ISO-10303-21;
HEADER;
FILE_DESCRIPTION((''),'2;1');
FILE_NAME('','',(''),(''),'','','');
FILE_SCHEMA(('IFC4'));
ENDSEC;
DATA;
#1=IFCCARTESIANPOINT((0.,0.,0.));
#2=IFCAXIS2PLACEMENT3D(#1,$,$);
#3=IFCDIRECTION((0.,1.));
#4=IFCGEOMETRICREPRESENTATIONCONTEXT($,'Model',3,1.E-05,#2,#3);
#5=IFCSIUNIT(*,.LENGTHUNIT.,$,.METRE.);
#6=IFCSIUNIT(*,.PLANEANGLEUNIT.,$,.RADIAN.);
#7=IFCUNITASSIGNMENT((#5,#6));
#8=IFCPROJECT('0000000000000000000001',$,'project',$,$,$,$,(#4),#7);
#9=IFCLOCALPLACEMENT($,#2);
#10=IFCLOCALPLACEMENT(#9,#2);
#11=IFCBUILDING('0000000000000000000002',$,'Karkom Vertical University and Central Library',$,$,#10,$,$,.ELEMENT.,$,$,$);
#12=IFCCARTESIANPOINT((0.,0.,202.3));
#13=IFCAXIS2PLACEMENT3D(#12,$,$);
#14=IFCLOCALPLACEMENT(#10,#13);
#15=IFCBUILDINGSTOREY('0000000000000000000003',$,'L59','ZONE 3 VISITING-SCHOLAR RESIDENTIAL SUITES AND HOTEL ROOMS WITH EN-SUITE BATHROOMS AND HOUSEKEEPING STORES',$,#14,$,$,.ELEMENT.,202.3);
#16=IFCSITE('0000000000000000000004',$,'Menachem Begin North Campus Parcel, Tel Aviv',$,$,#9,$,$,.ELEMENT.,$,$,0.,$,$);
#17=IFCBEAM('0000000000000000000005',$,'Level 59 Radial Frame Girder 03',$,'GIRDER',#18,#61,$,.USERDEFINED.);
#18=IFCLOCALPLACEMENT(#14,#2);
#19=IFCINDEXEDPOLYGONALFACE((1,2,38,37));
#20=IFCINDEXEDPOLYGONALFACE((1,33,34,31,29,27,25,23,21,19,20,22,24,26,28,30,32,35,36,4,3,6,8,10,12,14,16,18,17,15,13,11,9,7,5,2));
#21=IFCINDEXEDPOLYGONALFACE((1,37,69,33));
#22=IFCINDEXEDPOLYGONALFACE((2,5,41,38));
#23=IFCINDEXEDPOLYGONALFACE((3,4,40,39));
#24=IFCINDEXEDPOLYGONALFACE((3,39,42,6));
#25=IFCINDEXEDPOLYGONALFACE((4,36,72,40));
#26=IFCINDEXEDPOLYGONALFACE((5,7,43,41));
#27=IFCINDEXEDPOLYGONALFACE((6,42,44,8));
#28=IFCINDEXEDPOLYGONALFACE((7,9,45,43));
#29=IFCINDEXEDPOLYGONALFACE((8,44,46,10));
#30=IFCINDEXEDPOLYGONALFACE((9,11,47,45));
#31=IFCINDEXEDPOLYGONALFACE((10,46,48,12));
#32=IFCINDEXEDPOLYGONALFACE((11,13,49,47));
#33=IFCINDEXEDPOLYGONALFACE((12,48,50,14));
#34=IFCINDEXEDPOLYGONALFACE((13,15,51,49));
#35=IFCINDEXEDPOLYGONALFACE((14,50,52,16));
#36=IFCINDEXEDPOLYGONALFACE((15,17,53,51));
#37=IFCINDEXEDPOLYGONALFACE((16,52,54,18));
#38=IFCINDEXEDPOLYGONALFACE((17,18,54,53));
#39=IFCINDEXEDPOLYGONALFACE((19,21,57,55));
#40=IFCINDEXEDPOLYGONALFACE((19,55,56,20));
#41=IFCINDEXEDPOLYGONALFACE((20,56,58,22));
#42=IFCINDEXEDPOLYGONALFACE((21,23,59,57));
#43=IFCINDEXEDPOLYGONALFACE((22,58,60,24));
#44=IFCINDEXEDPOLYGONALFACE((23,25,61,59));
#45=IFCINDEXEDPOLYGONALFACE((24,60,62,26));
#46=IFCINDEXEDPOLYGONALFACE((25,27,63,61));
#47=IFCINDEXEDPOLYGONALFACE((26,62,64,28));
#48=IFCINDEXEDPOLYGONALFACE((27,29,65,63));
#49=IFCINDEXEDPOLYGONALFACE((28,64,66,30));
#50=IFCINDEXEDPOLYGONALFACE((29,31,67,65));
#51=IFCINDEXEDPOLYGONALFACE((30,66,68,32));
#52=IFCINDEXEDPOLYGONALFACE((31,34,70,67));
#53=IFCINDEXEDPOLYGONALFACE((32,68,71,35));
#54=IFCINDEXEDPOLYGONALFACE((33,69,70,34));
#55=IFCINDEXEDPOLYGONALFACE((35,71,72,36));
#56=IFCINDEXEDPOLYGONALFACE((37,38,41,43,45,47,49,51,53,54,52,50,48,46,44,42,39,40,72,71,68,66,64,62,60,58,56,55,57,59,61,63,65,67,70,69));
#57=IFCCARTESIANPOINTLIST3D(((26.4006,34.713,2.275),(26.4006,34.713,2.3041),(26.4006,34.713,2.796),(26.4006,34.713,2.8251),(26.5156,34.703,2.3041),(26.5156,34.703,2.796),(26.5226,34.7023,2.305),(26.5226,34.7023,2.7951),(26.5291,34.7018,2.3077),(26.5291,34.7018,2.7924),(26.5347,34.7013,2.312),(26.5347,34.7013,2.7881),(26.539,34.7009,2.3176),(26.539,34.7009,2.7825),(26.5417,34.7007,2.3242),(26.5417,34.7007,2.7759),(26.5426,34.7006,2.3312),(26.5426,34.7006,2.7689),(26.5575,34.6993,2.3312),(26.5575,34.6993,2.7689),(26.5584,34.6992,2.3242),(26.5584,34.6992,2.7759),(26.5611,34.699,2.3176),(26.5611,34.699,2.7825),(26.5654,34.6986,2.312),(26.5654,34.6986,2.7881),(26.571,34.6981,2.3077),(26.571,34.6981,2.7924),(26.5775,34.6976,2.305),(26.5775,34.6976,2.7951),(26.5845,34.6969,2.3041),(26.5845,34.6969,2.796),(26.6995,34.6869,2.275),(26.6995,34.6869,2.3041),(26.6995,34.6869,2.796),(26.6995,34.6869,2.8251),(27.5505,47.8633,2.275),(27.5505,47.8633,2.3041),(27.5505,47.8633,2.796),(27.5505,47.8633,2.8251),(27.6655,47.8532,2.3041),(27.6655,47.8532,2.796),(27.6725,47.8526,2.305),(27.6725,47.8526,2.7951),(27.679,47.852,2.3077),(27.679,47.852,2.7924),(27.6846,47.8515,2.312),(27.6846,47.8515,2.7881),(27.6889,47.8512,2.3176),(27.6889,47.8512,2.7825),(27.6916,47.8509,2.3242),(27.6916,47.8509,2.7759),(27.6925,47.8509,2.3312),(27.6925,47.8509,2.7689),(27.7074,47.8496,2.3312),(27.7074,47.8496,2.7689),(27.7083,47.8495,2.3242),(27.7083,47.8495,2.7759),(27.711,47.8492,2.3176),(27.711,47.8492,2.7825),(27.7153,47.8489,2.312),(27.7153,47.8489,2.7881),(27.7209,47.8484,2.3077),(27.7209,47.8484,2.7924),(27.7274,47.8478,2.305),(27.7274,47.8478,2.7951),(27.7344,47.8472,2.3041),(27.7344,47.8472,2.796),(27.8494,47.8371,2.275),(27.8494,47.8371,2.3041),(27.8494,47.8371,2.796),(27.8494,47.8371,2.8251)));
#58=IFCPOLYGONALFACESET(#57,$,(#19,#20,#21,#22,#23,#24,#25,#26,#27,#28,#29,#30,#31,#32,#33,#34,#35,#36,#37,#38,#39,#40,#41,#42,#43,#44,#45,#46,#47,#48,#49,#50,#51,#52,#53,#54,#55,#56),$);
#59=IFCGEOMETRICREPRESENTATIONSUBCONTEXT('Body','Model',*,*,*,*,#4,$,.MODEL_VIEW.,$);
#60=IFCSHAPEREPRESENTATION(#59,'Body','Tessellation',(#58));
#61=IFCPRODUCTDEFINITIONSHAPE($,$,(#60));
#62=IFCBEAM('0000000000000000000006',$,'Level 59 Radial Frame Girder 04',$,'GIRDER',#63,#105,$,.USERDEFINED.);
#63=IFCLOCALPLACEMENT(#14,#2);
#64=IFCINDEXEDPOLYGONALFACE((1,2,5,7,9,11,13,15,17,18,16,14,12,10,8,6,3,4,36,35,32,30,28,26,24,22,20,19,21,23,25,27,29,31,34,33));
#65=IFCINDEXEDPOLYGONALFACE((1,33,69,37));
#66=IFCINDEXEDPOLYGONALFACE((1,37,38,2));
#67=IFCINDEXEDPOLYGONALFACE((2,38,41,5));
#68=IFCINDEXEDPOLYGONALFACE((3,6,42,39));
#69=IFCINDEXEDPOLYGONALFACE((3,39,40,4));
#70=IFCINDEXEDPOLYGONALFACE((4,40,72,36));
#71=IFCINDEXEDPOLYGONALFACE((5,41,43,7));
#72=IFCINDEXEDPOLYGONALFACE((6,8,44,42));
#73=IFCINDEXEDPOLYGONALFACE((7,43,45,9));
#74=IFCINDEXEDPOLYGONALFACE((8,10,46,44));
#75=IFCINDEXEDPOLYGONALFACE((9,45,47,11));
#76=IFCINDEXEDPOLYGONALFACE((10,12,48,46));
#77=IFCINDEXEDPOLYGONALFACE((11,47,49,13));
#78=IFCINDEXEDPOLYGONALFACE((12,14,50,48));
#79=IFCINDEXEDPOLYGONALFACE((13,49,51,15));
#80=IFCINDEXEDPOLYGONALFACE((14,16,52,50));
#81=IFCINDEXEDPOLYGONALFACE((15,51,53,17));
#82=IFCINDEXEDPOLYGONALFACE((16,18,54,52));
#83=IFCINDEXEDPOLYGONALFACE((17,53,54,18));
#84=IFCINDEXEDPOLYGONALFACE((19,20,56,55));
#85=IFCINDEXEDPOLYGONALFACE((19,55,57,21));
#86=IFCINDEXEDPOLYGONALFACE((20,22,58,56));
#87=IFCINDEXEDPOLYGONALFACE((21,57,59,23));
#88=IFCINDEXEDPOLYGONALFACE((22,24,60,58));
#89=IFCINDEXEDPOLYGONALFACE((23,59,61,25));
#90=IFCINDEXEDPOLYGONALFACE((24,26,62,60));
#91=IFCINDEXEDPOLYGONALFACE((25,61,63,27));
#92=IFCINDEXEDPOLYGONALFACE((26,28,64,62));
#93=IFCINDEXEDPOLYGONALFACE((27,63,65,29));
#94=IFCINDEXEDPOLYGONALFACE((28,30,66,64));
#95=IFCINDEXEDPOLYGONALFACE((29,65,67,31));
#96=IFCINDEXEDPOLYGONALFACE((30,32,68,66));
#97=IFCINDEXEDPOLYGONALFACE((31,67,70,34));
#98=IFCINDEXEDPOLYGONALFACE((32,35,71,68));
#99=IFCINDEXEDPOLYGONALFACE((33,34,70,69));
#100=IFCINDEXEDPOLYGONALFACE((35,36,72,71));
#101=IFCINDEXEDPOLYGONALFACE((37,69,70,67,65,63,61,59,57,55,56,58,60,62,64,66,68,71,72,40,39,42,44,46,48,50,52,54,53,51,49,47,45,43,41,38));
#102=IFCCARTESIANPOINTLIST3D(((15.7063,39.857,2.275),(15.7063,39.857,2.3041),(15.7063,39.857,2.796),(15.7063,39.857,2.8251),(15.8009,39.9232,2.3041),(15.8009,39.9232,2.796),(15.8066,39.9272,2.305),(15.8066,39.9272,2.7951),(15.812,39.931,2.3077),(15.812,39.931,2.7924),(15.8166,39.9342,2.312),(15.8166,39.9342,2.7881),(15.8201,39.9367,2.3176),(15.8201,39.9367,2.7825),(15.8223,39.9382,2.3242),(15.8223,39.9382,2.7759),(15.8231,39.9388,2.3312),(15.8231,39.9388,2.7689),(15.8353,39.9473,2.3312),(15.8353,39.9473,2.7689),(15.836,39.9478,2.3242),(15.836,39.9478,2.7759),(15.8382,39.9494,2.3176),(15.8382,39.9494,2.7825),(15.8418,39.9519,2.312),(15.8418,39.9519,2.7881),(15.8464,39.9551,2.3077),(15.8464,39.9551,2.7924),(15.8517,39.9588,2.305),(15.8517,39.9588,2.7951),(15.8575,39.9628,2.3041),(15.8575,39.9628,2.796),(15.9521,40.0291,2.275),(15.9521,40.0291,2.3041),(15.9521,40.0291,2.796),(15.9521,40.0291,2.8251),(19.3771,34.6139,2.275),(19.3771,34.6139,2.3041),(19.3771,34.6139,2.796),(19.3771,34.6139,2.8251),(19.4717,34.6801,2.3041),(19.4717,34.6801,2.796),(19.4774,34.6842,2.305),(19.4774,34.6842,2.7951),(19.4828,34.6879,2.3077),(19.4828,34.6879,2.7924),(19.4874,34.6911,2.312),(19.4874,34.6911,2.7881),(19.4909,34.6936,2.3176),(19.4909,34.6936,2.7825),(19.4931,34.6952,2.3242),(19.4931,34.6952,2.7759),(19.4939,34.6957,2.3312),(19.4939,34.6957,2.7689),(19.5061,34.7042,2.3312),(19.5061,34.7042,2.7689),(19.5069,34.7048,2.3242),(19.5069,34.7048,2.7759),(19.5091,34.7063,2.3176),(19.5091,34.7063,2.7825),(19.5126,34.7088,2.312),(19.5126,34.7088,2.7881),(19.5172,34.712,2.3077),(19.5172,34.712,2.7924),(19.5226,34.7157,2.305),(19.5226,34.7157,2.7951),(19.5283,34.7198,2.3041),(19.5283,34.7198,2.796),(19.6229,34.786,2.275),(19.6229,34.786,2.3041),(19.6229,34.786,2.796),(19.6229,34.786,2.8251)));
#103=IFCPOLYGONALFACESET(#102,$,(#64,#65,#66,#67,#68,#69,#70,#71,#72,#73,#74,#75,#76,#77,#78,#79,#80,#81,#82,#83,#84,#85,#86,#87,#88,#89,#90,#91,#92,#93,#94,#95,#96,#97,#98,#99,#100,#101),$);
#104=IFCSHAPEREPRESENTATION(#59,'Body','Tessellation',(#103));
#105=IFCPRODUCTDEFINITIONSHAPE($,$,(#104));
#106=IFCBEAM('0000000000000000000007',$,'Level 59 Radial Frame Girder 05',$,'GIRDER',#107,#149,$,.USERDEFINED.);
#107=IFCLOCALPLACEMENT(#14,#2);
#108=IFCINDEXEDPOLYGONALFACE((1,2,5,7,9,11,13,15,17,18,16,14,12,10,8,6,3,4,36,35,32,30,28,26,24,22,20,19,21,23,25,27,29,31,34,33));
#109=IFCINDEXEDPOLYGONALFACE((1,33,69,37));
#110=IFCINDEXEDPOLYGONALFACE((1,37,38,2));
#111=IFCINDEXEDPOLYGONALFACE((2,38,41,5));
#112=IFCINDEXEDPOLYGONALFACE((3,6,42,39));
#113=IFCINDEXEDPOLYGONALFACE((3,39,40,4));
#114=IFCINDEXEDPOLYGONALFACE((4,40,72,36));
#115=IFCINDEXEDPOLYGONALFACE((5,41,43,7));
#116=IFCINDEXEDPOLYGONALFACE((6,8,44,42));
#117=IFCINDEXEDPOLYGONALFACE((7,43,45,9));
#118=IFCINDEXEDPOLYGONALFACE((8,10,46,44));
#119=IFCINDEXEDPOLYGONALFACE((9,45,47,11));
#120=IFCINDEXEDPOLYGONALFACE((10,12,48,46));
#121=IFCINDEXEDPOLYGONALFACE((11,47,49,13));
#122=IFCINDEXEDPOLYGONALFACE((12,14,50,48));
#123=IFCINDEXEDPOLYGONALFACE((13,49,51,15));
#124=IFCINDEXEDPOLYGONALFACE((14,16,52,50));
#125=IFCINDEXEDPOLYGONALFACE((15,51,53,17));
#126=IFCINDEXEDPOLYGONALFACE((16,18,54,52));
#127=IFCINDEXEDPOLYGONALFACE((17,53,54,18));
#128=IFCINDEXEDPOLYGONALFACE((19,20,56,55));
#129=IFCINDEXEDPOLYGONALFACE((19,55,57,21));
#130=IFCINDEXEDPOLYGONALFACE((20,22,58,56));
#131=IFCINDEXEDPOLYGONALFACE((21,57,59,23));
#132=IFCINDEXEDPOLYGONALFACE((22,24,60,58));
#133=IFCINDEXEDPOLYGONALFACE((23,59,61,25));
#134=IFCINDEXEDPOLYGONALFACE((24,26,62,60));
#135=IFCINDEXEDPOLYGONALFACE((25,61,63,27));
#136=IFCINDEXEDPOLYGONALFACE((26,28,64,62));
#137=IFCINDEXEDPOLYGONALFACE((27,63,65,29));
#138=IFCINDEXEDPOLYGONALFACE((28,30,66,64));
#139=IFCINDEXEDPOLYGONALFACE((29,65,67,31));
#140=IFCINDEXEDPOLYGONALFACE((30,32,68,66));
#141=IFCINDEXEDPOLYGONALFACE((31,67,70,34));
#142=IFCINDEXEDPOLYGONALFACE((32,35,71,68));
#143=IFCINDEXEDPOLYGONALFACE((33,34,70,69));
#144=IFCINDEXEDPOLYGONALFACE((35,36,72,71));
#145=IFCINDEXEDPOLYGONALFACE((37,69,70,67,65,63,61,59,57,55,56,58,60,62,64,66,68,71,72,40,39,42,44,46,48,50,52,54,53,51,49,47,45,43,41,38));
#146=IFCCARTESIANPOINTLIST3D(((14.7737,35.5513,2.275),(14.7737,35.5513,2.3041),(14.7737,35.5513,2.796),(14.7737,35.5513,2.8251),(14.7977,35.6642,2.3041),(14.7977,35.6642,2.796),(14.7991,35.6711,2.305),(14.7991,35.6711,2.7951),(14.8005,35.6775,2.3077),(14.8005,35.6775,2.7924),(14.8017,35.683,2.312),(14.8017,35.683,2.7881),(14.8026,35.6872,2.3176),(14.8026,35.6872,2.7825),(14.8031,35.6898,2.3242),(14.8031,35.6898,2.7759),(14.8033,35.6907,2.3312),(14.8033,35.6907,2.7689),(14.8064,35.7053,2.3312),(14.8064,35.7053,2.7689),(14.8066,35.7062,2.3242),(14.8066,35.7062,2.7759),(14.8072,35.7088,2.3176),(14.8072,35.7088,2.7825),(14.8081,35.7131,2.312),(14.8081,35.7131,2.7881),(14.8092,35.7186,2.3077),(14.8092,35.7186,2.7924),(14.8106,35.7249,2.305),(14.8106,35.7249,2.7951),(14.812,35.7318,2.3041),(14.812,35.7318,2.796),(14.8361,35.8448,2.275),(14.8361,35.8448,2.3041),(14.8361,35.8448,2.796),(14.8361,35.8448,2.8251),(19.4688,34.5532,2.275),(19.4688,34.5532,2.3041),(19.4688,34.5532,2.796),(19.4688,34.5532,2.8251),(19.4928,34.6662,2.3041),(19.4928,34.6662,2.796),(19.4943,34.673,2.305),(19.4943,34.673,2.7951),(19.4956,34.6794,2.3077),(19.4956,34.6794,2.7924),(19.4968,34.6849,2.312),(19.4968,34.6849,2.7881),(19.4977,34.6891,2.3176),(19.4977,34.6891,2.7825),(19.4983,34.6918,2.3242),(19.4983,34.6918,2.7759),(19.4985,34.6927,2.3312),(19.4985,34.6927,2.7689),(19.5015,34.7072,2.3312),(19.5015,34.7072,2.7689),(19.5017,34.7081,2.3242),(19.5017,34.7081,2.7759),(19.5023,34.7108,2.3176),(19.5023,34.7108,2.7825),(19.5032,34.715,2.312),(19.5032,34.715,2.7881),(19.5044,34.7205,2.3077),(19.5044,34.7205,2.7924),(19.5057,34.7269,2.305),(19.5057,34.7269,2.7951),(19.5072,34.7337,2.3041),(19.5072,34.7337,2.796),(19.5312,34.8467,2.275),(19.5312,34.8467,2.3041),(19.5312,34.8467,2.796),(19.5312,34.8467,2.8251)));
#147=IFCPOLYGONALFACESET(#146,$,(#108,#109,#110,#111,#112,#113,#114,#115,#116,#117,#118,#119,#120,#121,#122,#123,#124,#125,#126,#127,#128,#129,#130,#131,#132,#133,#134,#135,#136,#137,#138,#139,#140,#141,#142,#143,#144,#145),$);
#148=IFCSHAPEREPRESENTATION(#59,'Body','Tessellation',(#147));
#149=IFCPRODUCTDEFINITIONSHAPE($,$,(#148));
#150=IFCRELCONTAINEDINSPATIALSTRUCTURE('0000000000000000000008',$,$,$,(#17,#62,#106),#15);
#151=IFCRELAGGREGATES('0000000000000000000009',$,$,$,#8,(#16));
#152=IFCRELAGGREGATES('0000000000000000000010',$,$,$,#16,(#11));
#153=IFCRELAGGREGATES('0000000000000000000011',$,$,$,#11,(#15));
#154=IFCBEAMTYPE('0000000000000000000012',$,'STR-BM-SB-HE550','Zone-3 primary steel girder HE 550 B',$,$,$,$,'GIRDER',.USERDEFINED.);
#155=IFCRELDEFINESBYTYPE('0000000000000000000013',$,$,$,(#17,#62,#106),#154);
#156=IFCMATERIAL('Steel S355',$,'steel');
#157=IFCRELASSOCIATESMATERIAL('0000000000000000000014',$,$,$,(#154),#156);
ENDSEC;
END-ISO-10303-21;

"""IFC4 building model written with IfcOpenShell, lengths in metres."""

from ifc_helpers import new_model, si_unit, direction, frame, origin, origin_with_axes, origin_2d, place, context, subcontext, project, spatial, i_section, extrude, source, transform, mapped, material, material_profile, profile_set, type_object, element, save


model = new_model("IFC4")

# Units and contexts
model_context = context("Model", 3, precision=1e-05, world=origin(), true_north=direction((0.0, 1.0)))
body_context = subcontext(model_context, "Body", "Model", "MODEL_VIEW")
ifc_project = project(units=[si_unit("LENGTHUNIT", "METRE"), si_unit("PLANEANGLEUNIT", "RADIAN")], contexts=[model_context])

# Site, building, storey
site_placement = place(None, origin())
site = spatial("IfcSite", under=ifc_project, at=site_placement, Name="Menachem Begin North Campus Parcel, Tel Aviv", CompositionType="ELEMENT", RefElevation=0.0)
building_placement = place(site_placement, origin())
building = spatial("IfcBuilding", under=site, at=building_placement, Name="Karkom Vertical University and Central Library", CompositionType="ELEMENT")
storey_placement = place(building_placement, frame((0.0, 0.0, 202.3)))
storey = spatial("IfcBuildingStorey", under=building, at=storey_placement, Name="L59", Description="ZONE 3 VISITING-SCHOLAR RESIDENTIAL SUITES AND HOTEL ROOMS WITH EN-SUITE BATHROOMS AND HOUSEKEEPING STORES", CompositionType="ELEMENT", Elevation=202.3)

# Beams
ifc_material_1 = material(Name="Steel S355", Category="steel")
ifc_material_profile_1 = material_profile(ifc_material_1, i_section(OverallWidth=0.3, OverallDepth=0.55, WebThickness=0.0149, FlangeThickness=0.0291, FilletRadius=0.0271, at=origin_2d()), Name="HE 550 B")
ifc_profile_set_1 = profile_set([ifc_material_profile_1], Name="Steel S355")
beam_type_1 = type_object("IfcBeamType", Name="STR-BM-SB-HE550", Description="Zone-3 primary steel girder HE 550 B", ElementType="GIRDER", PredefinedType="USERDEFINED", material=ifc_profile_set_1)
shared_shape_1 = source(origin_with_axes(), body_context, "Body", "SweptSolid", [
    extrude(i_section(OverallWidth=0.3, OverallDepth=0.55, WebThickness=0.0149, FlangeThickness=0.0291, FilletRadius=0.0271, at=origin_2d()), origin(), (0.0, 0.0, 1.0), 13.2004),
])
beam_1_placement = place(storey_placement, frame((26.55, 34.7, 2.55), z_axis=(0.087112, 0.996199, 0.0), x_axis=(-0.996199, 0.087112, 0.0)))
element("IfcBeam", 1, at=beam_1_placement, inside=storey, type_object=beam_type_1, Name="Level 59 Radial Frame Girder 03", ObjectType="GIRDER", PredefinedType="USERDEFINED", context=body_context, shape_type="MappedRepresentation", body=[
    mapped(shared_shape_1, transform((0.0, 0.0, 0.0), scale=1.0)),
])
shared_shape_2 = source(origin_with_axes(), body_context, "Body", "SweptSolid", [
    extrude(i_section(OverallWidth=0.3, OverallDepth=0.55, WebThickness=0.0149, FlangeThickness=0.0291, FilletRadius=0.0271, at=origin_2d()), origin(), (0.0, 0.0, 1.0), 6.4004),
])
beam_2_placement = place(storey_placement, frame((19.5, 34.7, 2.55), z_axis=(-0.573534, 0.819182, 0.0), x_axis=(-0.819182, -0.573534, 0.0)))
element("IfcBeam", 2, at=beam_2_placement, inside=storey, type_object=beam_type_1, Name="Level 59 Radial Frame Girder 04", ObjectType="GIRDER", PredefinedType="USERDEFINED", context=body_context, shape_type="MappedRepresentation", body=[
    mapped(shared_shape_2, transform((0.0, 0.0, 0.0), scale=1.0)),
])
shared_shape_3 = source(origin_with_axes(), body_context, "Body", "SweptSolid", [
    extrude(i_section(OverallWidth=0.3, OverallDepth=0.55, WebThickness=0.0149, FlangeThickness=0.0291, FilletRadius=0.0271, at=origin_2d()), origin(), (0.0, 0.0, 1.0), 4.8),
])
beam_3_placement = place(storey_placement, frame((19.5, 34.7, 2.55), z_axis=(-0.978144, 0.207927, 0.0), x_axis=(-0.207927, -0.978144, 0.0)))
element("IfcBeam", 3, at=beam_3_placement, inside=storey, type_object=beam_type_1, Name="Level 59 Radial Frame Girder 05", ObjectType="GIRDER", PredefinedType="USERDEFINED", context=body_context, shape_type="MappedRepresentation", body=[
    mapped(shared_shape_3, transform((0.0, 0.0, 0.0), scale=1.0)),
])

save(model, "model.ifc")
